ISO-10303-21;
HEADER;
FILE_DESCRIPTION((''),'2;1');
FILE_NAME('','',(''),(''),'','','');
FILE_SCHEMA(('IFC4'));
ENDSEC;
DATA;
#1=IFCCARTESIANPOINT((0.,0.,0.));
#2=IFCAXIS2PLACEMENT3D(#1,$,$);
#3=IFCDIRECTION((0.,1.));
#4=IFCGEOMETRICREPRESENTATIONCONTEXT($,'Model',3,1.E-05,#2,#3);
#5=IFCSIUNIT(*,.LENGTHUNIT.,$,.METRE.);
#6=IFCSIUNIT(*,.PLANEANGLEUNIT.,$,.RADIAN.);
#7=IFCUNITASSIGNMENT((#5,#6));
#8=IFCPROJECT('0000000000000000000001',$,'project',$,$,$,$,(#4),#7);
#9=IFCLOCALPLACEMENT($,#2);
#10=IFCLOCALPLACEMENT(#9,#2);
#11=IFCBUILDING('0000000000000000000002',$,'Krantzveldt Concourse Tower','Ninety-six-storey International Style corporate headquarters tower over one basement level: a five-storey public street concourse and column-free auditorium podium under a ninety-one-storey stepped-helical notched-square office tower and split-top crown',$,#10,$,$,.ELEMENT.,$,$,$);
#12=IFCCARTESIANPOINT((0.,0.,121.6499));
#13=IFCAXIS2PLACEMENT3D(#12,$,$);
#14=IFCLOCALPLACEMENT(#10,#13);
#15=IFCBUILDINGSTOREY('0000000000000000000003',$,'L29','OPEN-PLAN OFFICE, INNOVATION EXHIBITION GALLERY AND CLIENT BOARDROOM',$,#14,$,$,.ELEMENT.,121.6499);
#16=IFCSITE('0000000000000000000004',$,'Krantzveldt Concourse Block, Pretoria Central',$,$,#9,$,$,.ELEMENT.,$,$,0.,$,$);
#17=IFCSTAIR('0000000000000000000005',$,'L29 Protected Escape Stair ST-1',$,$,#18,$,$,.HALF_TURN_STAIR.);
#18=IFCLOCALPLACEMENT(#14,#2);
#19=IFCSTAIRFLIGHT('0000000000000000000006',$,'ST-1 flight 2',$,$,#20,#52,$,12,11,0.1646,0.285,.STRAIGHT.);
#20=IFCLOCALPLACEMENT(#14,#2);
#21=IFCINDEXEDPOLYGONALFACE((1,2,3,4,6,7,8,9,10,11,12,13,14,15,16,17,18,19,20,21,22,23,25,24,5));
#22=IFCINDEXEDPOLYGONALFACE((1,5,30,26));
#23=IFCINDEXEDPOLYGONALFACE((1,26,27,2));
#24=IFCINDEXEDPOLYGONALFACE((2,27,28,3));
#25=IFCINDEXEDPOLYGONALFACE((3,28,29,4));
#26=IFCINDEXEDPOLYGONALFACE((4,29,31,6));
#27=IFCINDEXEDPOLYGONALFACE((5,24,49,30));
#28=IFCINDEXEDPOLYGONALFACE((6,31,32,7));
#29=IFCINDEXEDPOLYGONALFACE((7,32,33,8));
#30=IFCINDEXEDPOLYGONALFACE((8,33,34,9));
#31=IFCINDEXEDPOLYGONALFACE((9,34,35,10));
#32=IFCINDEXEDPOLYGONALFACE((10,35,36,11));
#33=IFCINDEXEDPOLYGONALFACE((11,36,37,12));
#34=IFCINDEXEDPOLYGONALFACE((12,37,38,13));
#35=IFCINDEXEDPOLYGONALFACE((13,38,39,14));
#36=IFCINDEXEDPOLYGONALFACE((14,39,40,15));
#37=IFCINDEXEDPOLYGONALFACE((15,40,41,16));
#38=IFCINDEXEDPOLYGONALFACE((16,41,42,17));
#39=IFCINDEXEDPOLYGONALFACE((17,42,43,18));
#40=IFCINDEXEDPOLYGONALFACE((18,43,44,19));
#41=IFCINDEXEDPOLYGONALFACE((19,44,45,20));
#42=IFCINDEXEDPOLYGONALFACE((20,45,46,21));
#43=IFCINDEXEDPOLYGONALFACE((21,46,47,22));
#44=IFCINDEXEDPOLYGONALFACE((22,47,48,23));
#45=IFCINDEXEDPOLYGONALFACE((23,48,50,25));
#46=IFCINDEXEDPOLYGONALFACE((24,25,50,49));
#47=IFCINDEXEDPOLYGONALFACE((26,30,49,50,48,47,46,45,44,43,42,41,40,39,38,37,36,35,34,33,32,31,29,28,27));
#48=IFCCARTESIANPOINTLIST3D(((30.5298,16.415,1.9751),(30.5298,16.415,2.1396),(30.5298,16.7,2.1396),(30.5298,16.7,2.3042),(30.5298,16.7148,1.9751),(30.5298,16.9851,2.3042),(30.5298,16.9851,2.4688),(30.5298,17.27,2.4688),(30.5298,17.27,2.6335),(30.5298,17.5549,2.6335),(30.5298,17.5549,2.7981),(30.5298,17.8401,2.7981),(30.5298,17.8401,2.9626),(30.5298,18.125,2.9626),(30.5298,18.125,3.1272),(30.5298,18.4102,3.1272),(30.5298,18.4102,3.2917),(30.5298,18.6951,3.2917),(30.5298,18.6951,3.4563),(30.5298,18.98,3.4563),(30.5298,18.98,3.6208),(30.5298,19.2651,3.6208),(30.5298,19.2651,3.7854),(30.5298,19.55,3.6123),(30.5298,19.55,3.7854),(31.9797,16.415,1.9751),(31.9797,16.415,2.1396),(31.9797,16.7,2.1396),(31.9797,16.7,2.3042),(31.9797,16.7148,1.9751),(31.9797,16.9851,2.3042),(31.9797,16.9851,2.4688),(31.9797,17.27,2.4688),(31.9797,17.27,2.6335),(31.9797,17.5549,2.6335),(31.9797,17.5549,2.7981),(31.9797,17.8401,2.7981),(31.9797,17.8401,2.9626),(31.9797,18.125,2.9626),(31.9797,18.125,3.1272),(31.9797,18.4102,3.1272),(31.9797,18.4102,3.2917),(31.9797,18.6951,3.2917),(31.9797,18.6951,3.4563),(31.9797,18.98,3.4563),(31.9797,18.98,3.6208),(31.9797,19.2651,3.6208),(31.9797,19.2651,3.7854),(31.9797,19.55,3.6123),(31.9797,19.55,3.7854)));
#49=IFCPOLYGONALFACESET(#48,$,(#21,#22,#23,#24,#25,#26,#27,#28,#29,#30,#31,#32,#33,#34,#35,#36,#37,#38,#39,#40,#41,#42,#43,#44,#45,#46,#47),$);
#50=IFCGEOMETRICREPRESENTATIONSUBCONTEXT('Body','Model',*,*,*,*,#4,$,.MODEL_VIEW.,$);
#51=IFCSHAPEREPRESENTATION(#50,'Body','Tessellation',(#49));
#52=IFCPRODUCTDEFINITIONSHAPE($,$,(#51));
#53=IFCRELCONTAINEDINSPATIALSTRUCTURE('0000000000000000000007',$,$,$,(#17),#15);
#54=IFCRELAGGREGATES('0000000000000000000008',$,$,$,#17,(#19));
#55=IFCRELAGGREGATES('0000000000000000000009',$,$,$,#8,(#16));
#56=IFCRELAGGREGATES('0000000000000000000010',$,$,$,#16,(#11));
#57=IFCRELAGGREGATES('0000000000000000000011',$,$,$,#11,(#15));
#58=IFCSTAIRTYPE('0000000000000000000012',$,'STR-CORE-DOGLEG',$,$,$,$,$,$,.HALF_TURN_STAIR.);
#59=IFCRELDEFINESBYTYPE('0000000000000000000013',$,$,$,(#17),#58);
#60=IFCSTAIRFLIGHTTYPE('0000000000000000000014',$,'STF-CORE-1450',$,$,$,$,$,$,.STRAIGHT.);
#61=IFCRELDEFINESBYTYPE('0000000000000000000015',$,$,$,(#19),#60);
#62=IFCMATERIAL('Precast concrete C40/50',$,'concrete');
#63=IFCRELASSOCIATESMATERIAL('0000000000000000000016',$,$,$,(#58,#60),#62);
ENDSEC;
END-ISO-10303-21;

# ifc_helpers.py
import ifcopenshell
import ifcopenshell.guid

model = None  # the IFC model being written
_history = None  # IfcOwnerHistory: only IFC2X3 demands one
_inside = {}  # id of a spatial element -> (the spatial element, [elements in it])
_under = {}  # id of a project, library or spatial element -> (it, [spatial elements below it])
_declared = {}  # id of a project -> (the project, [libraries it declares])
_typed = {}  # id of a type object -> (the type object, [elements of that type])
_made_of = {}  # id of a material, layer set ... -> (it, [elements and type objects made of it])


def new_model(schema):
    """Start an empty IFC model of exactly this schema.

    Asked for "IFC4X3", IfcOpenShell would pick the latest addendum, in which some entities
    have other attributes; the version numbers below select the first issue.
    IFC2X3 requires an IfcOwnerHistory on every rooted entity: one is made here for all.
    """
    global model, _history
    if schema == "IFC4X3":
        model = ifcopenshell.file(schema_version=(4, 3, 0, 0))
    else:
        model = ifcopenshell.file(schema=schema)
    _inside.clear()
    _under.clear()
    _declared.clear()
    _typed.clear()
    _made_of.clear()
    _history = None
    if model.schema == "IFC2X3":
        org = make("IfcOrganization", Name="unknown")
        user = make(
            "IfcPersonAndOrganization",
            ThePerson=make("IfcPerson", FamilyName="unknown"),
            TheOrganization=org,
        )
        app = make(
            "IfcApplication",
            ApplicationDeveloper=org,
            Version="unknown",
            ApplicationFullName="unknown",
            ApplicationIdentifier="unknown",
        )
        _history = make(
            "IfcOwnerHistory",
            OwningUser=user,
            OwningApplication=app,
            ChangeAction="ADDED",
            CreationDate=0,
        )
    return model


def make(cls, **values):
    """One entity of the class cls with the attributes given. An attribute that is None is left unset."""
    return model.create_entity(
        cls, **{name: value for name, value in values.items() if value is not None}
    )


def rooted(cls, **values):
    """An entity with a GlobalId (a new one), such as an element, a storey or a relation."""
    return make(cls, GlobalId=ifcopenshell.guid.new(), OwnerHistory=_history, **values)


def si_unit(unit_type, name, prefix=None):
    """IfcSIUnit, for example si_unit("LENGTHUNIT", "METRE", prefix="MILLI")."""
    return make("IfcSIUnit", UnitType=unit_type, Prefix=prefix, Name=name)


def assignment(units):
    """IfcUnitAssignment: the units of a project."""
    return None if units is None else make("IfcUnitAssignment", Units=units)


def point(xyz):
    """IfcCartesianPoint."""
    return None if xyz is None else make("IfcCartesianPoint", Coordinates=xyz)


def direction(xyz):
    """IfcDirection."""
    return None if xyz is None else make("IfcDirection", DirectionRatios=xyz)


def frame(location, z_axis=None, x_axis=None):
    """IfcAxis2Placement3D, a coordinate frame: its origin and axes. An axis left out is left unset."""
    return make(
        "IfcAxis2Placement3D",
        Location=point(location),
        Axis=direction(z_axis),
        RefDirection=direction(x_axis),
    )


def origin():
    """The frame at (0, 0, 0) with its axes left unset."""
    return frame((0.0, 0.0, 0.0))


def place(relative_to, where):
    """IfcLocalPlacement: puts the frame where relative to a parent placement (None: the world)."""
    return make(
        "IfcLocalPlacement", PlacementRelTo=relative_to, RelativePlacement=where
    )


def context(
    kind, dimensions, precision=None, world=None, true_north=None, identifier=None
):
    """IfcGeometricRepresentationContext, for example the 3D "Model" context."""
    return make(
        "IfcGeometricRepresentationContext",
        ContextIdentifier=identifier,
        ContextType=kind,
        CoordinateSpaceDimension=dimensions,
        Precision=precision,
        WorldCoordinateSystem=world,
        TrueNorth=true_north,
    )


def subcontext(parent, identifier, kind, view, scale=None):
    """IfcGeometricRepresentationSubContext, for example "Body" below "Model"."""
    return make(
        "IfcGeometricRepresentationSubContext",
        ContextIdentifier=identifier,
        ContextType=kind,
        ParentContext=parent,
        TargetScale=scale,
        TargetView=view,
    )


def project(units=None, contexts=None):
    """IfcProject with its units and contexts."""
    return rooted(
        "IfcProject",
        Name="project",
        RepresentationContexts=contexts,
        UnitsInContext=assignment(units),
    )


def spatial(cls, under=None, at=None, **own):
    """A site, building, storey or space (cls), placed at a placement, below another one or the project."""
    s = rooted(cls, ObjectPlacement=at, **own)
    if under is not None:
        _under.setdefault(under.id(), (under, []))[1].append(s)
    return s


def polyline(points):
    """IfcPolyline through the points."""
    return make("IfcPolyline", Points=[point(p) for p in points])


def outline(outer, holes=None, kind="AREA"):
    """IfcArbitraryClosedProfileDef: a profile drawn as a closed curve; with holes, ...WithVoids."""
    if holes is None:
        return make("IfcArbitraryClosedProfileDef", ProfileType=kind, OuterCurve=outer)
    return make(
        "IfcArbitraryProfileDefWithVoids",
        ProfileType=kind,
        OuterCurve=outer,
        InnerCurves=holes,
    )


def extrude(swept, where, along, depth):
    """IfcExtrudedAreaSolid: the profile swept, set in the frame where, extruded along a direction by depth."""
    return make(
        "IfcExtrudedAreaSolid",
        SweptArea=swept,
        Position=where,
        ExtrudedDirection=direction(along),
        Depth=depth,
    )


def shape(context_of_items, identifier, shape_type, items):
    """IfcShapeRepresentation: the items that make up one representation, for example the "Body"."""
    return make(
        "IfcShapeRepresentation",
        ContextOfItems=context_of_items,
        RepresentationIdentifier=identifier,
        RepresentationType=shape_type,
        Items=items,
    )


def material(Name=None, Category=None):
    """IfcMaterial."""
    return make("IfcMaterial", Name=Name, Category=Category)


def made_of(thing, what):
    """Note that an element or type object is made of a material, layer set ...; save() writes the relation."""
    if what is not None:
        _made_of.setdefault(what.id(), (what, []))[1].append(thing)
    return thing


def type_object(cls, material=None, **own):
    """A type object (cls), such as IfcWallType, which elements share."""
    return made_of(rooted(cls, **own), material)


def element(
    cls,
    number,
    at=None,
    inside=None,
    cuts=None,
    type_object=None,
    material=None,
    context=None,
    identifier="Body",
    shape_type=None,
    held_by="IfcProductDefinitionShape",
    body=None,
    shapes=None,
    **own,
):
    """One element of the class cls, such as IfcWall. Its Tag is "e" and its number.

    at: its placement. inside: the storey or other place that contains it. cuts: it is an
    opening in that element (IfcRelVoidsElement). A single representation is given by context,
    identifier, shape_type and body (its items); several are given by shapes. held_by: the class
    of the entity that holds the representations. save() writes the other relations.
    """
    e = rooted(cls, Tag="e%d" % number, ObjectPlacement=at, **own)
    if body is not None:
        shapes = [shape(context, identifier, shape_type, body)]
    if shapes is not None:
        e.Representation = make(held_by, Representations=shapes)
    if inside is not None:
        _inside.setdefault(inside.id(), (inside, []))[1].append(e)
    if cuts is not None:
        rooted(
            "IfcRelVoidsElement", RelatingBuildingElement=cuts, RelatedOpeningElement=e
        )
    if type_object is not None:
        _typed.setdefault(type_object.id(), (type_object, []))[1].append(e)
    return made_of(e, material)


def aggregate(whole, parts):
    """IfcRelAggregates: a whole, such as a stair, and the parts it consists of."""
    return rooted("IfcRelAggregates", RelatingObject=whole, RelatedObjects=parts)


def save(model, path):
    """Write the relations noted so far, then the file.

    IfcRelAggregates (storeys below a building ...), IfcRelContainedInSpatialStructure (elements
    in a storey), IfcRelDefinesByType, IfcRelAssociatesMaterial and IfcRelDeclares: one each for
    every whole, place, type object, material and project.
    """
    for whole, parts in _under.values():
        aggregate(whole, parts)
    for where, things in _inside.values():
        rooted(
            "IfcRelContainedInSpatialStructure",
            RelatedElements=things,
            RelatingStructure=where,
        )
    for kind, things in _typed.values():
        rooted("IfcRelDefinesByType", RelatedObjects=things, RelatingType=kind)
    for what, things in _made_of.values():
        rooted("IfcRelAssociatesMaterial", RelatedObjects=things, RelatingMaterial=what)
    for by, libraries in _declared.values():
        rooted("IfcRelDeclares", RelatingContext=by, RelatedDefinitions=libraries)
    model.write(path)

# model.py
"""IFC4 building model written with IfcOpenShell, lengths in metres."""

from ifc_helpers import new_model, si_unit, direction, frame, origin, place, context, subcontext, project, spatial, polyline, outline, extrude, material, type_object, element, aggregate, save


model = new_model("IFC4")

# Units and contexts
model_context = context("Model", 3, precision=1e-05, world=origin(), true_north=direction((0.0, 1.0)))
body_context = subcontext(model_context, "Body", "Model", "MODEL_VIEW")
ifc_project = project(units=[si_unit("LENGTHUNIT", "METRE"), si_unit("PLANEANGLEUNIT", "RADIAN")], contexts=[model_context])

# Site, building, storey
site_placement = place(None, origin())
site = spatial("IfcSite", under=ifc_project, at=site_placement, Name="Krantzveldt Concourse Block, Pretoria Central", CompositionType="ELEMENT", RefElevation=0.0)
building_placement = place(site_placement, origin())
building = spatial("IfcBuilding", under=site, at=building_placement, Name="Krantzveldt Concourse Tower", Description="Ninety-six-storey International Style corporate headquarters tower over one basement level: a five-storey public street concourse and column-free auditorium podium under a ninety-one-storey stepped-helical notched-square office tower and split-top crown", CompositionType="ELEMENT")
storey_placement = place(building_placement, frame((0.0, 0.0, 121.6499)))
storey = spatial("IfcBuildingStorey", under=building, at=storey_placement, Name="L29", Description="OPEN-PLAN OFFICE, INNOVATION EXHIBITION GALLERY AND CLIENT BOARDROOM", CompositionType="ELEMENT", Elevation=121.6499)

# Stair, stair flight
ifc_material_1 = material(Name="Precast concrete C40/50", Category="concrete")
stair_type = type_object("IfcStairType", Name="STR-CORE-DOGLEG", PredefinedType="HALF_TURN_STAIR", material=ifc_material_1)
stair_placement = place(storey_placement, origin())
stair = element("IfcStair", 1, at=stair_placement, inside=storey, type_object=stair_type, Name="L29 Protected Escape Stair ST-1", PredefinedType="HALF_TURN_STAIR")
stair_flight_type = type_object("IfcStairFlightType", Name="STF-CORE-1450", PredefinedType="STRAIGHT", material=ifc_material_1)
stair_flight_1_placement = place(storey_placement, frame((31.2549, 16.415, 1.9751), z_axis=(0.0, 0.0, 1.0), x_axis=(0.0, 1.0, 0.0)))
stair_flight_1 = element("IfcStairFlight", 2, at=stair_flight_1_placement, type_object=stair_flight_type, Name="ST-1 flight 2", NumberOfRisers=12, NumberOfTreads=11, PredefinedType="STRAIGHT", RiserHeight=0.1646, TreadLength=0.285, context=body_context, shape_type="SweptSolid", body=[
    extrude(outline(polyline([(0.0, 0.0), (0.0, 0.1646), (0.2849, 0.1646), (0.2849, 0.3291), (0.5701, 0.3291), (0.5701, 0.4937), (0.855, 0.4937), (0.855, 0.6584), (1.1399, 0.6584), (1.1399, 0.823), (1.425, 0.823), (1.425, 0.9875), (1.71, 0.9875), (1.71, 1.1521), (1.9951, 1.1521), (1.9951, 1.3167), (2.28, 1.3167), (2.28, 1.4812), (2.5649, 1.4812), (2.5649, 1.6458), (2.8501, 1.6458), (2.8501, 1.8103), (3.135, 1.8103), (3.135, 1.9751), (3.135, 1.6372), (0.2998, 0.0), (0.0, 0.0)])), frame((0.0, 0.7251, 0.0), z_axis=(0.0, -1.0, 0.0), x_axis=(1.0, 0.0, 0.0)), (0.0, 0.0, 1.0), 1.45),
])
aggregate(stair, [stair_flight_1])

save(model, "model.ifc")
